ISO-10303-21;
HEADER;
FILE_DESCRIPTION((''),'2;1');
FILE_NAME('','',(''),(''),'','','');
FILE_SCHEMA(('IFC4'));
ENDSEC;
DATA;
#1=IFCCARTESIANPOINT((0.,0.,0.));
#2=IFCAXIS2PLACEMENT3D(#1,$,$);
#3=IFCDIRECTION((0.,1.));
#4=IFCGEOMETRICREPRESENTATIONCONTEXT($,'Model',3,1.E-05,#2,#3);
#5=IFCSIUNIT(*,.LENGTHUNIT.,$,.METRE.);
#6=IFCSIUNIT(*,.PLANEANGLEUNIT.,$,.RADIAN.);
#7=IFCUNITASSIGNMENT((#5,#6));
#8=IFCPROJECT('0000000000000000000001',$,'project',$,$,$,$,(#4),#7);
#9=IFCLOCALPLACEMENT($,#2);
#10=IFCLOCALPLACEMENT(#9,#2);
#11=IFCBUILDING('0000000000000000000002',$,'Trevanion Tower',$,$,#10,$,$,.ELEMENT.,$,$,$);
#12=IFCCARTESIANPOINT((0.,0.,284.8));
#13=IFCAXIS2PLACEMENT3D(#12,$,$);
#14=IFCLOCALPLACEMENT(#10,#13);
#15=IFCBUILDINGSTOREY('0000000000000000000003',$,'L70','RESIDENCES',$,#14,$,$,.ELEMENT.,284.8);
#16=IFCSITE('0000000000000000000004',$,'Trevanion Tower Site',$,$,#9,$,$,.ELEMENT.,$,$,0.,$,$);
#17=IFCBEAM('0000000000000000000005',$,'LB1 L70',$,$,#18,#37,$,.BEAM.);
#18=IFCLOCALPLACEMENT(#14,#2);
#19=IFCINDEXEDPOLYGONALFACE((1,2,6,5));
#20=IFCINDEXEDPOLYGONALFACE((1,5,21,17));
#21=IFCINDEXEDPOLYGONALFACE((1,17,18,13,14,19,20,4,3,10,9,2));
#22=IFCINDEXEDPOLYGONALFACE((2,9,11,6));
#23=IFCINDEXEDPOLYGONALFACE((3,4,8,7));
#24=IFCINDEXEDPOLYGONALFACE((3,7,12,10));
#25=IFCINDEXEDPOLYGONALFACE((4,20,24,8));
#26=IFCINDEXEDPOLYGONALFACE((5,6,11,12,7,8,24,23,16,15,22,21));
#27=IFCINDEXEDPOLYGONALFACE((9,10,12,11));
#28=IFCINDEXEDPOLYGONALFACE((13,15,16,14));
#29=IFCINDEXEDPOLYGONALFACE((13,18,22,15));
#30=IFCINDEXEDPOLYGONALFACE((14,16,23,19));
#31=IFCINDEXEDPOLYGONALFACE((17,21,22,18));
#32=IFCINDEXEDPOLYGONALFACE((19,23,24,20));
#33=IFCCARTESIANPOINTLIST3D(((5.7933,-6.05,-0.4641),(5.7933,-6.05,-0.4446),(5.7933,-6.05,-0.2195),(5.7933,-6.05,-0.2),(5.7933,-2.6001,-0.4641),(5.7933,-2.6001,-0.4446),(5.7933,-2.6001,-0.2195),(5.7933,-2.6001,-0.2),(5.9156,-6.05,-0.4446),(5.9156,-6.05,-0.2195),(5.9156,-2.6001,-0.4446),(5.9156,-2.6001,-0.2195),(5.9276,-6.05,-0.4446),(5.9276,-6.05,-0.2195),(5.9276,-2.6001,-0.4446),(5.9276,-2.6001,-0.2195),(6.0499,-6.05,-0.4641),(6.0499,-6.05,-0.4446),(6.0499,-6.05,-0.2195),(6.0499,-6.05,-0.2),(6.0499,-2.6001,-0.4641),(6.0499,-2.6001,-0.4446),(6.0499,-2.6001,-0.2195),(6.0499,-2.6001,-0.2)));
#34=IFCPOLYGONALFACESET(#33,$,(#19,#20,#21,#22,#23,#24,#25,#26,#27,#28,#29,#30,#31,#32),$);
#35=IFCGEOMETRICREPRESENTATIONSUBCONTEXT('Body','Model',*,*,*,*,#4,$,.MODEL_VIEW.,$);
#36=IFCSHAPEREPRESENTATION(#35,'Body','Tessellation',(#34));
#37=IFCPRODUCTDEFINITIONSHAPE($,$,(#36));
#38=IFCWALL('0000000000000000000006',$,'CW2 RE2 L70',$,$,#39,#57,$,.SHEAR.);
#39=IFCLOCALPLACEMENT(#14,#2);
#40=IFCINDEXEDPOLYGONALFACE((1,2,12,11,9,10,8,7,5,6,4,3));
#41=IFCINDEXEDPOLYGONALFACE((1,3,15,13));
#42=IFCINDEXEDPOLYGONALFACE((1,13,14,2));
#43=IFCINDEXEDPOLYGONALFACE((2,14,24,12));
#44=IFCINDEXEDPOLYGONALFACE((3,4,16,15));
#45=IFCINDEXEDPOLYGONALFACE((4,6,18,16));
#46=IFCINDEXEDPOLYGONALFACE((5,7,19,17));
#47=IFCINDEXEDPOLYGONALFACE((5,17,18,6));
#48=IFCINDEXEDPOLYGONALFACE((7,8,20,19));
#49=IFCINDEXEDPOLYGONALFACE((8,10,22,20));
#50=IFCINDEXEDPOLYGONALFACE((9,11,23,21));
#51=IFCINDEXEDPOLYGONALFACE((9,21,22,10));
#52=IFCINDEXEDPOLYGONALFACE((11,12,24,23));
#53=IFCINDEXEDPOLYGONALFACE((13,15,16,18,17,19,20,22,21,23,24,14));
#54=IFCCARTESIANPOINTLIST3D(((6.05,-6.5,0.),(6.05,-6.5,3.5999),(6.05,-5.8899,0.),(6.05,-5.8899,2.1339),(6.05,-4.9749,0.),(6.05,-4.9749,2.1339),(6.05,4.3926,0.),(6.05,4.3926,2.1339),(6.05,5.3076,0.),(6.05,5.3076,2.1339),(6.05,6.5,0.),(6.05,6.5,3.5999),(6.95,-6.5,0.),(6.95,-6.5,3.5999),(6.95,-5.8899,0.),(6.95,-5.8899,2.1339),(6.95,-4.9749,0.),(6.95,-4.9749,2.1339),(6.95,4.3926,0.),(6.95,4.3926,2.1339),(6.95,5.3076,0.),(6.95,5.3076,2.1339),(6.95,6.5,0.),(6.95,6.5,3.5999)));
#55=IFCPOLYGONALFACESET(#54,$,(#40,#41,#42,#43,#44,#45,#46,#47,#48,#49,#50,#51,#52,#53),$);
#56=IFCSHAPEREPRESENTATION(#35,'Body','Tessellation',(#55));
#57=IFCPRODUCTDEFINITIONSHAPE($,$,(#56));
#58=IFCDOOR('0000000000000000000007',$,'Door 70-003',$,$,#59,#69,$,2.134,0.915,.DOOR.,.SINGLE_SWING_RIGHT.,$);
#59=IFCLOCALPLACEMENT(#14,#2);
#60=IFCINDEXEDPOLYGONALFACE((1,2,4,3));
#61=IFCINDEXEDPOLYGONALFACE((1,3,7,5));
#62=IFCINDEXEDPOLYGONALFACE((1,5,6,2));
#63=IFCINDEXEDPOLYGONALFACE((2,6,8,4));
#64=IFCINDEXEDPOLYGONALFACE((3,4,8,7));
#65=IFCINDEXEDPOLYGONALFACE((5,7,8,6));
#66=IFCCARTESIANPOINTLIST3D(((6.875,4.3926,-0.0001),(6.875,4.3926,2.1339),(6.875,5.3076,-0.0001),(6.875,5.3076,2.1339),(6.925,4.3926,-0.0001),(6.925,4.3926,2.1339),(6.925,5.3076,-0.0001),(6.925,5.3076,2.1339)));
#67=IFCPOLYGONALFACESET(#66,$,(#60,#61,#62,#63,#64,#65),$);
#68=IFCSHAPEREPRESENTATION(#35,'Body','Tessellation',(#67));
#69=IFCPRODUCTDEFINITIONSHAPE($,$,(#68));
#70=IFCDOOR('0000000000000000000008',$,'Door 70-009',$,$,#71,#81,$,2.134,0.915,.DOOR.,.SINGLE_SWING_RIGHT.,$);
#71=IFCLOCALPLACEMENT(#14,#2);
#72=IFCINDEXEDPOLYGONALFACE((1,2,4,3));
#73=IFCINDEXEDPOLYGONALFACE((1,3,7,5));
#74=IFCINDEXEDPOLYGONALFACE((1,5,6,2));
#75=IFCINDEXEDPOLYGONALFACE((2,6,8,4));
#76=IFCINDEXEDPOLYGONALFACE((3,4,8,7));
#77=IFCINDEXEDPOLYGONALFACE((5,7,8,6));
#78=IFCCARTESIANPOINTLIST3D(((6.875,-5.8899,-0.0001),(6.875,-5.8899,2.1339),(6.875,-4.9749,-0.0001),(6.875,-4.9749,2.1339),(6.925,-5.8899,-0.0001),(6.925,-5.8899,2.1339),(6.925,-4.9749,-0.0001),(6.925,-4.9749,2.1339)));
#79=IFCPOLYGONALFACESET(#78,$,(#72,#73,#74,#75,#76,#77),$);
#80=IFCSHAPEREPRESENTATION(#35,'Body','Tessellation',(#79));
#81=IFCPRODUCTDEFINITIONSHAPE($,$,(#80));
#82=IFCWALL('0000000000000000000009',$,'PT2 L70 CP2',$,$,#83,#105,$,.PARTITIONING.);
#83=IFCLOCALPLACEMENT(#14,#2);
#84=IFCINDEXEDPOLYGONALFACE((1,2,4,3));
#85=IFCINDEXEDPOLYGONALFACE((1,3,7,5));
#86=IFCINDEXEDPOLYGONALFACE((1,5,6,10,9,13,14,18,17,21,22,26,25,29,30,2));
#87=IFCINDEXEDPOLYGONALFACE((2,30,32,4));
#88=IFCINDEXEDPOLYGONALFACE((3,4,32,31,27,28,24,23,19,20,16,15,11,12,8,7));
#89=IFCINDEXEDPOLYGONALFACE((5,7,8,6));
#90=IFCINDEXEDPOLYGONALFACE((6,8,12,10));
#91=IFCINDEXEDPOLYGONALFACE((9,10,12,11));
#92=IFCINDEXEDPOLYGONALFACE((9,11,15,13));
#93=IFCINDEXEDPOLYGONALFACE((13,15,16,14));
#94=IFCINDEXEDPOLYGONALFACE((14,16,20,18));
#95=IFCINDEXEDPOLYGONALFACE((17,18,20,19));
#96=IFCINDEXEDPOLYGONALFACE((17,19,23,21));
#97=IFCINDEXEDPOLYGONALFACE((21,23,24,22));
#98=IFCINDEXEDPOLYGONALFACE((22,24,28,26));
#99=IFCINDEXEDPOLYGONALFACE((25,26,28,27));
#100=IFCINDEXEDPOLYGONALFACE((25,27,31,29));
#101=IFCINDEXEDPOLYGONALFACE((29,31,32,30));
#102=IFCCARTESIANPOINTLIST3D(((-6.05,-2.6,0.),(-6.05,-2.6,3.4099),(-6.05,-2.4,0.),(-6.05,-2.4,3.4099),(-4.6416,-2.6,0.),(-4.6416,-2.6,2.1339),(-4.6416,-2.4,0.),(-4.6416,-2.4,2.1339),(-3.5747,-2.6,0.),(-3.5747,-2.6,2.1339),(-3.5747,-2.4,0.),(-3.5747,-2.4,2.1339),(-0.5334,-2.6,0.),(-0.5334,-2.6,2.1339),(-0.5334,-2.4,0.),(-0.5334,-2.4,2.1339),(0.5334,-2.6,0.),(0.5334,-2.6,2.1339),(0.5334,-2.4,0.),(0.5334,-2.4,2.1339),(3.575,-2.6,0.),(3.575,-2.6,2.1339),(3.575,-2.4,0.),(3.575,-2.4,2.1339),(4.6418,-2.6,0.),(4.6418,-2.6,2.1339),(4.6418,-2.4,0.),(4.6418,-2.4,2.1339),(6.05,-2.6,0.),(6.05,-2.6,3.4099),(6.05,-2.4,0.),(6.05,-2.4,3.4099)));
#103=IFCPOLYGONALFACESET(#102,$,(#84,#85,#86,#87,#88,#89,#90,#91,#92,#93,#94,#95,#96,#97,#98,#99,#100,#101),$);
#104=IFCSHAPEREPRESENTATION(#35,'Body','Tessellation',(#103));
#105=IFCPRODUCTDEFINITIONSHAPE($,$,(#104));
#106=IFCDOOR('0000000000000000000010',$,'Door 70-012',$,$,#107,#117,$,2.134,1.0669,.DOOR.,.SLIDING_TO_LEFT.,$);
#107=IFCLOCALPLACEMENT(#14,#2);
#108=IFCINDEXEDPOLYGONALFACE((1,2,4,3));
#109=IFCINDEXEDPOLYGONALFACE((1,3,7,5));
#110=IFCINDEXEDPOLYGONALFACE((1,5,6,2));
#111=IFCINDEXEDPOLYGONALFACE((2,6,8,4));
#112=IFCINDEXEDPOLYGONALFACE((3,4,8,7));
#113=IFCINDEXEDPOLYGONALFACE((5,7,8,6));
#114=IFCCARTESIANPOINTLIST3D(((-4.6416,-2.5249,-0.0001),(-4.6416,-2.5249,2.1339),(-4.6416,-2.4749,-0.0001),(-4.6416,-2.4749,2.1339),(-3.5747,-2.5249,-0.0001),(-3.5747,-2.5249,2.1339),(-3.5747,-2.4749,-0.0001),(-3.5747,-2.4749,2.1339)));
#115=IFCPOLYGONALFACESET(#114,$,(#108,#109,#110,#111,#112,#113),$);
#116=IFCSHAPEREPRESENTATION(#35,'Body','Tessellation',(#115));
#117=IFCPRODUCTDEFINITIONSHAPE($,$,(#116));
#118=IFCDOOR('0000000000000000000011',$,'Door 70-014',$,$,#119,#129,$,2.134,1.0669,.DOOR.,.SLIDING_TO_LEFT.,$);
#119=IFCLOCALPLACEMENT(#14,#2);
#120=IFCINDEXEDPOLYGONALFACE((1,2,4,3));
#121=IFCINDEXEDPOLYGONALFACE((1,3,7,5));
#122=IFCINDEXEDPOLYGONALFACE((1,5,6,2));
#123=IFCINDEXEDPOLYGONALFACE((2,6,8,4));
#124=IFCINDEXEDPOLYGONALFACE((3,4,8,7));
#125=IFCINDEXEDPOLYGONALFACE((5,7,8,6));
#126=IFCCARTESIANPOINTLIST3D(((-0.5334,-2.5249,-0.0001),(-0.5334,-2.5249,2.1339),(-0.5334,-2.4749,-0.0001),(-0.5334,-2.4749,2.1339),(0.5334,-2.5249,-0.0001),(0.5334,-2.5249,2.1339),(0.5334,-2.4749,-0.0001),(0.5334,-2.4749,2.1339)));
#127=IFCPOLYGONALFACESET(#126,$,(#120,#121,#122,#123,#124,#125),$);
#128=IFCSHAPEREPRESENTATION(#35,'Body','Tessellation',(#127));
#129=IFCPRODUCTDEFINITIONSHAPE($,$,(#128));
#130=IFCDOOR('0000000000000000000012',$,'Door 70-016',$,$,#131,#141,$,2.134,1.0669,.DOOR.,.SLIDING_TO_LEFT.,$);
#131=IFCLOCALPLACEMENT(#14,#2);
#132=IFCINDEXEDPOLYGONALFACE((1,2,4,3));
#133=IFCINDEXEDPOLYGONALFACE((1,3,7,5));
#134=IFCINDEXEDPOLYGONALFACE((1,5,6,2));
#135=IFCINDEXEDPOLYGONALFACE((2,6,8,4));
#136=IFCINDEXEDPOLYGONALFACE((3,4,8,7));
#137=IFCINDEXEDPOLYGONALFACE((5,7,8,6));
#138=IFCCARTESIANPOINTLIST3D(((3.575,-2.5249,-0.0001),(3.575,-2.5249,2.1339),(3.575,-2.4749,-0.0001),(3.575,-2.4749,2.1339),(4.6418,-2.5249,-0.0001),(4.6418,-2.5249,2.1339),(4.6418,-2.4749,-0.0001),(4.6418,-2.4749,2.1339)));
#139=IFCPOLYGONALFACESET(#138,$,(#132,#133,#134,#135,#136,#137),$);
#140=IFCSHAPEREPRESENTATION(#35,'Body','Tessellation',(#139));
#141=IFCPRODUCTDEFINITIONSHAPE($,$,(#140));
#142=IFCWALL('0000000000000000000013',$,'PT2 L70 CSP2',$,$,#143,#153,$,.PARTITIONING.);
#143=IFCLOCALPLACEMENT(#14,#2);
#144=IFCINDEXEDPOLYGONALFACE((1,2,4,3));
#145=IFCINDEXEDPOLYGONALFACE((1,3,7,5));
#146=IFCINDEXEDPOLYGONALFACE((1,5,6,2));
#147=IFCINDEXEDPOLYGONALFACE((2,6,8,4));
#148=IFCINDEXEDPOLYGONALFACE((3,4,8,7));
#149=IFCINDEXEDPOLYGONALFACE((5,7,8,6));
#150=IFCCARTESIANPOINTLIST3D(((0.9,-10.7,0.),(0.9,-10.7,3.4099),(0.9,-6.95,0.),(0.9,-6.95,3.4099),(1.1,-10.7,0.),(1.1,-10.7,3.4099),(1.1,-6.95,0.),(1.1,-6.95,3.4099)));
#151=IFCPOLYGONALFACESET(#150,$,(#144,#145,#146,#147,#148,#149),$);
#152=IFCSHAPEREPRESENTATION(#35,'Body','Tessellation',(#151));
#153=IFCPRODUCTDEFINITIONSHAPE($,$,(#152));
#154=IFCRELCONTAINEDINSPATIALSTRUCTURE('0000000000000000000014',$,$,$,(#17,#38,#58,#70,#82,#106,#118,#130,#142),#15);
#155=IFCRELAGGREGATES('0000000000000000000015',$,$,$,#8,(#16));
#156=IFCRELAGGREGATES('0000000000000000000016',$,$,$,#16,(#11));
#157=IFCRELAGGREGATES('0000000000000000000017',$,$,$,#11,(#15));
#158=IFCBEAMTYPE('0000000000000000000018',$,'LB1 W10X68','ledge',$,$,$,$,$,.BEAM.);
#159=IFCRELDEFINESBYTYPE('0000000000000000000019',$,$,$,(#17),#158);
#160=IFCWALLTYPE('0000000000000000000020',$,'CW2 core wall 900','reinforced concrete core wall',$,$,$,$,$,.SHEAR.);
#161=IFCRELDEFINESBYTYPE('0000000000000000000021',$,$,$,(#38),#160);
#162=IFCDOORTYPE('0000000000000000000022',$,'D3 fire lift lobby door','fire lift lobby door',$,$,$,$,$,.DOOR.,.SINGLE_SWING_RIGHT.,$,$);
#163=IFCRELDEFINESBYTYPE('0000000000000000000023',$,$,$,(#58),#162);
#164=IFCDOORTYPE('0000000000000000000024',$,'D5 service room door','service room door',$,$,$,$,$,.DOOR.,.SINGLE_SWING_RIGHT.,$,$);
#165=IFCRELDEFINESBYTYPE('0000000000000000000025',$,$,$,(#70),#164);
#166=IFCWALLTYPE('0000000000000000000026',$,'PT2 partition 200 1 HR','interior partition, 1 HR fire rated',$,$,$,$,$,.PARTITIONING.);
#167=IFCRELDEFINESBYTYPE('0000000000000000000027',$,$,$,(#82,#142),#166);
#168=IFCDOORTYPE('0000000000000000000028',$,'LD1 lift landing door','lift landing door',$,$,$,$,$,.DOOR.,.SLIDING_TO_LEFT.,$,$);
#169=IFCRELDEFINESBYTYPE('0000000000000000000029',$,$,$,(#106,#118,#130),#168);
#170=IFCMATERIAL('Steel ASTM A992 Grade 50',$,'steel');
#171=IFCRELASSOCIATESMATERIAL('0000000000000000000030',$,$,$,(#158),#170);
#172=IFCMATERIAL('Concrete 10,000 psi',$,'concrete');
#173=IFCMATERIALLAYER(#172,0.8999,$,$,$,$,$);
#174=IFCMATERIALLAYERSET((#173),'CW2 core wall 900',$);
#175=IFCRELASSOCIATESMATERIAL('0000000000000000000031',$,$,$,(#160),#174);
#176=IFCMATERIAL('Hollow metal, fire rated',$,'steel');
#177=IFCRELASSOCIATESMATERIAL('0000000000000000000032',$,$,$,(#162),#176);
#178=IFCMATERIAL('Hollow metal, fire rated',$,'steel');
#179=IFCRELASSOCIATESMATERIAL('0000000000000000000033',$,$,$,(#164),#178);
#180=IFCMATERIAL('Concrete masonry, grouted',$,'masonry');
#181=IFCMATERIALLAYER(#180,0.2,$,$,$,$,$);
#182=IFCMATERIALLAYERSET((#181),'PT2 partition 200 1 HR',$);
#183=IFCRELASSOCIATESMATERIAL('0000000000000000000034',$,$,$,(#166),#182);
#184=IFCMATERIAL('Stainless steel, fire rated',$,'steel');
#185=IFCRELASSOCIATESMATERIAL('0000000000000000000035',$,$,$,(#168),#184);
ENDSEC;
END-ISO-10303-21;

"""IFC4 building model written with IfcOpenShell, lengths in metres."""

from ifc_helpers import new_model, si_unit, direction, frame, frame_2d, origin, origin_2d, place, context, subcontext, project, spatial, rectangle, i_section, extrude, material, layer, layer_set, material_profile, profile_set, type_object, element, fill, save


model = new_model("IFC4")

# Units and contexts
model_context = context("Model", 3, precision=1e-05, world=origin(), true_north=direction((0.0, 1.0)))
body_context = subcontext(model_context, "Body", "Model", "MODEL_VIEW")
ifc_project = project(units=[si_unit("LENGTHUNIT", "METRE"), si_unit("PLANEANGLEUNIT", "RADIAN")], contexts=[model_context])

# Site, building, storey
site_placement = place(None, origin())
site = spatial("IfcSite", under=ifc_project, at=site_placement, Name="Trevanion Tower Site", CompositionType="ELEMENT", RefElevation=0.0)
building_placement = place(site_placement, origin())
building = spatial("IfcBuilding", under=site, at=building_placement, Name="Trevanion Tower", CompositionType="ELEMENT")
storey_placement = place(building_placement, frame((0.0, 0.0, 284.8)))
storey = spatial("IfcBuildingStorey", under=building, at=storey_placement, Name="L70", Description="RESIDENCES", CompositionType="ELEMENT", Elevation=284.8)

# Beam
ifc_material_1 = material(Name="Steel ASTM A992 Grade 50", Category="steel")
ifc_material_profile = material_profile(ifc_material_1, i_section(OverallWidth=0.2566, OverallDepth=0.2642, WebThickness=0.012, FlangeThickness=0.0195, at=origin_2d()), Name="W10X68")
ifc_profile_set = profile_set([ifc_material_profile], Name="Steel ASTM A992 Grade 50")
beam_type = type_object("IfcBeamType", Name="LB1 W10X68", Description="ledge", PredefinedType="BEAM", material=ifc_profile_set)
beam_placement = place(storey_placement, frame((5.9216, -6.05, -0.332), z_axis=(0.0, 1.0, 0.0), x_axis=(-1.0, 0.0, 0.0)))
element("IfcBeam", 1, at=beam_placement, inside=storey, type_object=beam_type, Name="LB1 L70", PredefinedType="BEAM", context=body_context, shape_type="SweptSolid", body=[
    extrude(i_section(OverallWidth=0.2566, OverallDepth=0.2642, WebThickness=0.012, FlangeThickness=0.0195, at=origin_2d()), origin(), (0.0, 0.0, 1.0), 3.45),
])

# Walls, openings, doors
ifc_material_2 = material(Name="Concrete 10,000 psi", Category="concrete")
ifc_layer_1 = layer(ifc_material_2, 0.8999)
ifc_layer_set_1 = layer_set([ifc_layer_1], Name="CW2 core wall 900")
wall_type_1 = type_object("IfcWallType", Name="CW2 core wall 900", Description="reinforced concrete core wall", PredefinedType="SHEAR", material=ifc_layer_set_1)
wall_1_placement = place(storey_placement, frame((6.5, -6.5, 0.0), z_axis=(0.0, 0.0, 1.0), x_axis=(0.0, 1.0, 0.0)))
wall_1 = element("IfcWall", 2, at=wall_1_placement, inside=storey, type_object=wall_type_1, Name="CW2 RE2 L70", PredefinedType="SHEAR", context=body_context, shape_type="SweptSolid", body=[
    extrude(rectangle(XDim=13.0, YDim=0.8999, at=frame_2d((6.5, 0.0))), origin(), (0.0, 0.0, 1.0), 3.5999),
])
opening_1_placement = place(wall_1_placement, frame((10.8926, 0.0, 0.0)))
opening_1 = element("IfcOpeningElement", 3, at=opening_1_placement, cuts=wall_1, PredefinedType="OPENING", context=body_context, shape_type="SweptSolid", body=[
    extrude(rectangle(XDim=0.915, YDim=2.134, at=frame_2d((0.4575, 1.0669))), frame((0.0, 0.46, 0.0), z_axis=(0.0, -1.0, 0.0), x_axis=(1.0, 0.0, 0.0)), (0.0, 0.0, 1.0), 0.9199),
])
opening_2_placement = place(wall_1_placement, frame((0.6101, 0.0, 0.0)))
opening_2 = element("IfcOpeningElement", 4, at=opening_2_placement, cuts=wall_1, PredefinedType="OPENING", context=body_context, shape_type="SweptSolid", body=[
    extrude(rectangle(XDim=0.915, YDim=2.134, at=frame_2d((0.4575, 1.0669))), frame((0.0, 0.46, 0.0), z_axis=(0.0, -1.0, 0.0), x_axis=(1.0, 0.0, 0.0)), (0.0, 0.0, 1.0), 0.9199),
])
ifc_material_3 = material(Name="Hollow metal, fire rated", Category="steel")
door_type_1 = type_object("IfcDoorType", Name="D3 fire lift lobby door", Description="fire lift lobby door", OperationType="SINGLE_SWING_RIGHT", PredefinedType="DOOR", material=ifc_material_3)
door_1_placement = place(opening_1_placement, origin())
door_1 = element("IfcDoor", 5, at=door_1_placement, inside=storey, type_object=door_type_1, Name="Door 70-003", OperationType="SINGLE_SWING_RIGHT", OverallHeight=2.134, OverallWidth=0.915, PredefinedType="DOOR", context=body_context, shape_type="SweptSolid", body=[
    extrude(rectangle(XDim=0.915, YDim=2.134, at=frame_2d((0.4575, 1.0669))), frame((0.0, -0.375, 0.0), z_axis=(0.0, -1.0, 0.0), x_axis=(1.0, 0.0, 0.0)), (0.0, 0.0, 1.0), 0.05),
])
fill(opening_1, door_1)
ifc_material_4 = material(Name="Hollow metal, fire rated", Category="steel")
door_type_2 = type_object("IfcDoorType", Name="D5 service room door", Description="service room door", OperationType="SINGLE_SWING_RIGHT", PredefinedType="DOOR", material=ifc_material_4)
door_2_placement = place(opening_2_placement, origin())
door_2 = element("IfcDoor", 6, at=door_2_placement, inside=storey, type_object=door_type_2, Name="Door 70-009", OperationType="SINGLE_SWING_RIGHT", OverallHeight=2.134, OverallWidth=0.915, PredefinedType="DOOR", context=body_context, shape_type="SweptSolid", body=[
    extrude(rectangle(XDim=0.915, YDim=2.134, at=frame_2d((0.4575, 1.0669))), frame((0.0, -0.375, 0.0), z_axis=(0.0, -1.0, 0.0), x_axis=(1.0, 0.0, 0.0)), (0.0, 0.0, 1.0), 0.05),
])
fill(opening_2, door_2)
ifc_material_5 = material(Name="Concrete masonry, grouted", Category="masonry")
ifc_layer_2 = layer(ifc_material_5, 0.2)
ifc_layer_set_2 = layer_set([ifc_layer_2], Name="PT2 partition 200 1 HR")
wall_type_2 = type_object("IfcWallType", Name="PT2 partition 200 1 HR", Description="interior partition, 1 HR fire rated", PredefinedType="PARTITIONING", material=ifc_layer_set_2)
wall_2_placement = place(storey_placement, frame((6.05, -2.5, 0.0), z_axis=(0.0, 0.0, 1.0), x_axis=(-1.0, 0.0, 0.0)))
wall_2 = element("IfcWall", 7, at=wall_2_placement, inside=storey, type_object=wall_type_2, Name="PT2 L70 CP2", PredefinedType="PARTITIONING", context=body_context, shape_type="SweptSolid", body=[
    extrude(rectangle(XDim=12.1001, YDim=0.2, at=frame_2d((6.05, 0.0))), origin(), (0.0, 0.0, 1.0), 3.4099),
])
opening_3_placement = place(wall_2_placement, frame((9.6248, 0.0, 0.0)))
opening_3 = element("IfcOpeningElement", 8, at=opening_3_placement, cuts=wall_2, PredefinedType="OPENING", context=body_context, shape_type="SweptSolid", body=[
    extrude(rectangle(XDim=1.0669, YDim=2.134, at=frame_2d((0.5334, 1.0669))), frame((0.0, 0.1099, 0.0), z_axis=(0.0, -1.0, 0.0), x_axis=(1.0, 0.0, 0.0)), (0.0, 0.0, 1.0), 0.22),
])
opening_4_placement = place(wall_2_placement, frame((5.5166, 0.0, 0.0)))
opening_4 = element("IfcOpeningElement", 9, at=opening_4_placement, cuts=wall_2, PredefinedType="OPENING", context=body_context, shape_type="SweptSolid", body=[
    extrude(rectangle(XDim=1.0669, YDim=2.134, at=frame_2d((0.5334, 1.0669))), frame((0.0, 0.1099, 0.0), z_axis=(0.0, -1.0, 0.0), x_axis=(1.0, 0.0, 0.0)), (0.0, 0.0, 1.0), 0.22),
])
opening_5_placement = place(wall_2_placement, frame((1.4082, 0.0, 0.0)))
opening_5 = element("IfcOpeningElement", 10, at=opening_5_placement, cuts=wall_2, PredefinedType="OPENING", context=body_context, shape_type="SweptSolid", body=[
    extrude(rectangle(XDim=1.0669, YDim=2.134, at=frame_2d((0.5334, 1.0669))), frame((0.0, 0.1099, 0.0), z_axis=(0.0, -1.0, 0.0), x_axis=(1.0, 0.0, 0.0)), (0.0, 0.0, 1.0), 0.22),
])
ifc_material_6 = material(Name="Stainless steel, fire rated", Category="steel")
door_type_3 = type_object("IfcDoorType", Name="LD1 lift landing door", Description="lift landing door", OperationType="SLIDING_TO_LEFT", PredefinedType="DOOR", material=ifc_material_6)
door_3_placement = place(opening_3_placement, origin())
door_3 = element("IfcDoor", 11, at=door_3_placement, inside=storey, type_object=door_type_3, Name="Door 70-012", OperationType="SLIDING_TO_LEFT", OverallHeight=2.134, OverallWidth=1.0669, PredefinedType="DOOR", context=body_context, shape_type="SweptSolid", body=[
    extrude(rectangle(XDim=1.0669, YDim=2.134, at=frame_2d((0.5334, 1.0669))), frame((0.0, 0.0249, 0.0), z_axis=(0.0, -1.0, 0.0), x_axis=(1.0, 0.0, 0.0)), (0.0, 0.0, 1.0), 0.05),
])
fill(opening_3, door_3)
door_4_placement = place(opening_4_placement, origin())
door_4 = element("IfcDoor", 12, at=door_4_placement, inside=storey, type_object=door_type_3, Name="Door 70-014", OperationType="SLIDING_TO_LEFT", OverallHeight=2.134, OverallWidth=1.0669, PredefinedType="DOOR", context=body_context, shape_type="SweptSolid", body=[
    extrude(rectangle(XDim=1.0669, YDim=2.134, at=frame_2d((0.5334, 1.0669))), frame((0.0, 0.0249, 0.0), z_axis=(0.0, -1.0, 0.0), x_axis=(1.0, 0.0, 0.0)), (0.0, 0.0, 1.0), 0.05),
])
fill(opening_4, door_4)
door_5_placement = place(opening_5_placement, origin())
door_5 = element("IfcDoor", 13, at=door_5_placement, inside=storey, type_object=door_type_3, Name="Door 70-016", OperationType="SLIDING_TO_LEFT", OverallHeight=2.134, OverallWidth=1.0669, PredefinedType="DOOR", context=body_context, shape_type="SweptSolid", body=[
    extrude(rectangle(XDim=1.0669, YDim=2.134, at=frame_2d((0.5334, 1.0669))), frame((0.0, 0.0249, 0.0), z_axis=(0.0, -1.0, 0.0), x_axis=(1.0, 0.0, 0.0)), (0.0, 0.0, 1.0), 0.05),
])
fill(opening_5, door_5)

# Wall
wall_3_placement = place(storey_placement, frame((1.0, -6.95, 0.0), z_axis=(0.0, 0.0, 1.0), x_axis=(0.0, -1.0, 0.0)))
element("IfcWall", 14, at=wall_3_placement, inside=storey, type_object=wall_type_2, Name="PT2 L70 CSP2", PredefinedType="PARTITIONING", context=body_context, shape_type="SweptSolid", body=[
    extrude(rectangle(XDim=3.75, YDim=0.2, at=frame_2d((1.875, 0.0))), origin(), (0.0, 0.0, 1.0), 3.4099),
])

save(model, "model.ifc")
